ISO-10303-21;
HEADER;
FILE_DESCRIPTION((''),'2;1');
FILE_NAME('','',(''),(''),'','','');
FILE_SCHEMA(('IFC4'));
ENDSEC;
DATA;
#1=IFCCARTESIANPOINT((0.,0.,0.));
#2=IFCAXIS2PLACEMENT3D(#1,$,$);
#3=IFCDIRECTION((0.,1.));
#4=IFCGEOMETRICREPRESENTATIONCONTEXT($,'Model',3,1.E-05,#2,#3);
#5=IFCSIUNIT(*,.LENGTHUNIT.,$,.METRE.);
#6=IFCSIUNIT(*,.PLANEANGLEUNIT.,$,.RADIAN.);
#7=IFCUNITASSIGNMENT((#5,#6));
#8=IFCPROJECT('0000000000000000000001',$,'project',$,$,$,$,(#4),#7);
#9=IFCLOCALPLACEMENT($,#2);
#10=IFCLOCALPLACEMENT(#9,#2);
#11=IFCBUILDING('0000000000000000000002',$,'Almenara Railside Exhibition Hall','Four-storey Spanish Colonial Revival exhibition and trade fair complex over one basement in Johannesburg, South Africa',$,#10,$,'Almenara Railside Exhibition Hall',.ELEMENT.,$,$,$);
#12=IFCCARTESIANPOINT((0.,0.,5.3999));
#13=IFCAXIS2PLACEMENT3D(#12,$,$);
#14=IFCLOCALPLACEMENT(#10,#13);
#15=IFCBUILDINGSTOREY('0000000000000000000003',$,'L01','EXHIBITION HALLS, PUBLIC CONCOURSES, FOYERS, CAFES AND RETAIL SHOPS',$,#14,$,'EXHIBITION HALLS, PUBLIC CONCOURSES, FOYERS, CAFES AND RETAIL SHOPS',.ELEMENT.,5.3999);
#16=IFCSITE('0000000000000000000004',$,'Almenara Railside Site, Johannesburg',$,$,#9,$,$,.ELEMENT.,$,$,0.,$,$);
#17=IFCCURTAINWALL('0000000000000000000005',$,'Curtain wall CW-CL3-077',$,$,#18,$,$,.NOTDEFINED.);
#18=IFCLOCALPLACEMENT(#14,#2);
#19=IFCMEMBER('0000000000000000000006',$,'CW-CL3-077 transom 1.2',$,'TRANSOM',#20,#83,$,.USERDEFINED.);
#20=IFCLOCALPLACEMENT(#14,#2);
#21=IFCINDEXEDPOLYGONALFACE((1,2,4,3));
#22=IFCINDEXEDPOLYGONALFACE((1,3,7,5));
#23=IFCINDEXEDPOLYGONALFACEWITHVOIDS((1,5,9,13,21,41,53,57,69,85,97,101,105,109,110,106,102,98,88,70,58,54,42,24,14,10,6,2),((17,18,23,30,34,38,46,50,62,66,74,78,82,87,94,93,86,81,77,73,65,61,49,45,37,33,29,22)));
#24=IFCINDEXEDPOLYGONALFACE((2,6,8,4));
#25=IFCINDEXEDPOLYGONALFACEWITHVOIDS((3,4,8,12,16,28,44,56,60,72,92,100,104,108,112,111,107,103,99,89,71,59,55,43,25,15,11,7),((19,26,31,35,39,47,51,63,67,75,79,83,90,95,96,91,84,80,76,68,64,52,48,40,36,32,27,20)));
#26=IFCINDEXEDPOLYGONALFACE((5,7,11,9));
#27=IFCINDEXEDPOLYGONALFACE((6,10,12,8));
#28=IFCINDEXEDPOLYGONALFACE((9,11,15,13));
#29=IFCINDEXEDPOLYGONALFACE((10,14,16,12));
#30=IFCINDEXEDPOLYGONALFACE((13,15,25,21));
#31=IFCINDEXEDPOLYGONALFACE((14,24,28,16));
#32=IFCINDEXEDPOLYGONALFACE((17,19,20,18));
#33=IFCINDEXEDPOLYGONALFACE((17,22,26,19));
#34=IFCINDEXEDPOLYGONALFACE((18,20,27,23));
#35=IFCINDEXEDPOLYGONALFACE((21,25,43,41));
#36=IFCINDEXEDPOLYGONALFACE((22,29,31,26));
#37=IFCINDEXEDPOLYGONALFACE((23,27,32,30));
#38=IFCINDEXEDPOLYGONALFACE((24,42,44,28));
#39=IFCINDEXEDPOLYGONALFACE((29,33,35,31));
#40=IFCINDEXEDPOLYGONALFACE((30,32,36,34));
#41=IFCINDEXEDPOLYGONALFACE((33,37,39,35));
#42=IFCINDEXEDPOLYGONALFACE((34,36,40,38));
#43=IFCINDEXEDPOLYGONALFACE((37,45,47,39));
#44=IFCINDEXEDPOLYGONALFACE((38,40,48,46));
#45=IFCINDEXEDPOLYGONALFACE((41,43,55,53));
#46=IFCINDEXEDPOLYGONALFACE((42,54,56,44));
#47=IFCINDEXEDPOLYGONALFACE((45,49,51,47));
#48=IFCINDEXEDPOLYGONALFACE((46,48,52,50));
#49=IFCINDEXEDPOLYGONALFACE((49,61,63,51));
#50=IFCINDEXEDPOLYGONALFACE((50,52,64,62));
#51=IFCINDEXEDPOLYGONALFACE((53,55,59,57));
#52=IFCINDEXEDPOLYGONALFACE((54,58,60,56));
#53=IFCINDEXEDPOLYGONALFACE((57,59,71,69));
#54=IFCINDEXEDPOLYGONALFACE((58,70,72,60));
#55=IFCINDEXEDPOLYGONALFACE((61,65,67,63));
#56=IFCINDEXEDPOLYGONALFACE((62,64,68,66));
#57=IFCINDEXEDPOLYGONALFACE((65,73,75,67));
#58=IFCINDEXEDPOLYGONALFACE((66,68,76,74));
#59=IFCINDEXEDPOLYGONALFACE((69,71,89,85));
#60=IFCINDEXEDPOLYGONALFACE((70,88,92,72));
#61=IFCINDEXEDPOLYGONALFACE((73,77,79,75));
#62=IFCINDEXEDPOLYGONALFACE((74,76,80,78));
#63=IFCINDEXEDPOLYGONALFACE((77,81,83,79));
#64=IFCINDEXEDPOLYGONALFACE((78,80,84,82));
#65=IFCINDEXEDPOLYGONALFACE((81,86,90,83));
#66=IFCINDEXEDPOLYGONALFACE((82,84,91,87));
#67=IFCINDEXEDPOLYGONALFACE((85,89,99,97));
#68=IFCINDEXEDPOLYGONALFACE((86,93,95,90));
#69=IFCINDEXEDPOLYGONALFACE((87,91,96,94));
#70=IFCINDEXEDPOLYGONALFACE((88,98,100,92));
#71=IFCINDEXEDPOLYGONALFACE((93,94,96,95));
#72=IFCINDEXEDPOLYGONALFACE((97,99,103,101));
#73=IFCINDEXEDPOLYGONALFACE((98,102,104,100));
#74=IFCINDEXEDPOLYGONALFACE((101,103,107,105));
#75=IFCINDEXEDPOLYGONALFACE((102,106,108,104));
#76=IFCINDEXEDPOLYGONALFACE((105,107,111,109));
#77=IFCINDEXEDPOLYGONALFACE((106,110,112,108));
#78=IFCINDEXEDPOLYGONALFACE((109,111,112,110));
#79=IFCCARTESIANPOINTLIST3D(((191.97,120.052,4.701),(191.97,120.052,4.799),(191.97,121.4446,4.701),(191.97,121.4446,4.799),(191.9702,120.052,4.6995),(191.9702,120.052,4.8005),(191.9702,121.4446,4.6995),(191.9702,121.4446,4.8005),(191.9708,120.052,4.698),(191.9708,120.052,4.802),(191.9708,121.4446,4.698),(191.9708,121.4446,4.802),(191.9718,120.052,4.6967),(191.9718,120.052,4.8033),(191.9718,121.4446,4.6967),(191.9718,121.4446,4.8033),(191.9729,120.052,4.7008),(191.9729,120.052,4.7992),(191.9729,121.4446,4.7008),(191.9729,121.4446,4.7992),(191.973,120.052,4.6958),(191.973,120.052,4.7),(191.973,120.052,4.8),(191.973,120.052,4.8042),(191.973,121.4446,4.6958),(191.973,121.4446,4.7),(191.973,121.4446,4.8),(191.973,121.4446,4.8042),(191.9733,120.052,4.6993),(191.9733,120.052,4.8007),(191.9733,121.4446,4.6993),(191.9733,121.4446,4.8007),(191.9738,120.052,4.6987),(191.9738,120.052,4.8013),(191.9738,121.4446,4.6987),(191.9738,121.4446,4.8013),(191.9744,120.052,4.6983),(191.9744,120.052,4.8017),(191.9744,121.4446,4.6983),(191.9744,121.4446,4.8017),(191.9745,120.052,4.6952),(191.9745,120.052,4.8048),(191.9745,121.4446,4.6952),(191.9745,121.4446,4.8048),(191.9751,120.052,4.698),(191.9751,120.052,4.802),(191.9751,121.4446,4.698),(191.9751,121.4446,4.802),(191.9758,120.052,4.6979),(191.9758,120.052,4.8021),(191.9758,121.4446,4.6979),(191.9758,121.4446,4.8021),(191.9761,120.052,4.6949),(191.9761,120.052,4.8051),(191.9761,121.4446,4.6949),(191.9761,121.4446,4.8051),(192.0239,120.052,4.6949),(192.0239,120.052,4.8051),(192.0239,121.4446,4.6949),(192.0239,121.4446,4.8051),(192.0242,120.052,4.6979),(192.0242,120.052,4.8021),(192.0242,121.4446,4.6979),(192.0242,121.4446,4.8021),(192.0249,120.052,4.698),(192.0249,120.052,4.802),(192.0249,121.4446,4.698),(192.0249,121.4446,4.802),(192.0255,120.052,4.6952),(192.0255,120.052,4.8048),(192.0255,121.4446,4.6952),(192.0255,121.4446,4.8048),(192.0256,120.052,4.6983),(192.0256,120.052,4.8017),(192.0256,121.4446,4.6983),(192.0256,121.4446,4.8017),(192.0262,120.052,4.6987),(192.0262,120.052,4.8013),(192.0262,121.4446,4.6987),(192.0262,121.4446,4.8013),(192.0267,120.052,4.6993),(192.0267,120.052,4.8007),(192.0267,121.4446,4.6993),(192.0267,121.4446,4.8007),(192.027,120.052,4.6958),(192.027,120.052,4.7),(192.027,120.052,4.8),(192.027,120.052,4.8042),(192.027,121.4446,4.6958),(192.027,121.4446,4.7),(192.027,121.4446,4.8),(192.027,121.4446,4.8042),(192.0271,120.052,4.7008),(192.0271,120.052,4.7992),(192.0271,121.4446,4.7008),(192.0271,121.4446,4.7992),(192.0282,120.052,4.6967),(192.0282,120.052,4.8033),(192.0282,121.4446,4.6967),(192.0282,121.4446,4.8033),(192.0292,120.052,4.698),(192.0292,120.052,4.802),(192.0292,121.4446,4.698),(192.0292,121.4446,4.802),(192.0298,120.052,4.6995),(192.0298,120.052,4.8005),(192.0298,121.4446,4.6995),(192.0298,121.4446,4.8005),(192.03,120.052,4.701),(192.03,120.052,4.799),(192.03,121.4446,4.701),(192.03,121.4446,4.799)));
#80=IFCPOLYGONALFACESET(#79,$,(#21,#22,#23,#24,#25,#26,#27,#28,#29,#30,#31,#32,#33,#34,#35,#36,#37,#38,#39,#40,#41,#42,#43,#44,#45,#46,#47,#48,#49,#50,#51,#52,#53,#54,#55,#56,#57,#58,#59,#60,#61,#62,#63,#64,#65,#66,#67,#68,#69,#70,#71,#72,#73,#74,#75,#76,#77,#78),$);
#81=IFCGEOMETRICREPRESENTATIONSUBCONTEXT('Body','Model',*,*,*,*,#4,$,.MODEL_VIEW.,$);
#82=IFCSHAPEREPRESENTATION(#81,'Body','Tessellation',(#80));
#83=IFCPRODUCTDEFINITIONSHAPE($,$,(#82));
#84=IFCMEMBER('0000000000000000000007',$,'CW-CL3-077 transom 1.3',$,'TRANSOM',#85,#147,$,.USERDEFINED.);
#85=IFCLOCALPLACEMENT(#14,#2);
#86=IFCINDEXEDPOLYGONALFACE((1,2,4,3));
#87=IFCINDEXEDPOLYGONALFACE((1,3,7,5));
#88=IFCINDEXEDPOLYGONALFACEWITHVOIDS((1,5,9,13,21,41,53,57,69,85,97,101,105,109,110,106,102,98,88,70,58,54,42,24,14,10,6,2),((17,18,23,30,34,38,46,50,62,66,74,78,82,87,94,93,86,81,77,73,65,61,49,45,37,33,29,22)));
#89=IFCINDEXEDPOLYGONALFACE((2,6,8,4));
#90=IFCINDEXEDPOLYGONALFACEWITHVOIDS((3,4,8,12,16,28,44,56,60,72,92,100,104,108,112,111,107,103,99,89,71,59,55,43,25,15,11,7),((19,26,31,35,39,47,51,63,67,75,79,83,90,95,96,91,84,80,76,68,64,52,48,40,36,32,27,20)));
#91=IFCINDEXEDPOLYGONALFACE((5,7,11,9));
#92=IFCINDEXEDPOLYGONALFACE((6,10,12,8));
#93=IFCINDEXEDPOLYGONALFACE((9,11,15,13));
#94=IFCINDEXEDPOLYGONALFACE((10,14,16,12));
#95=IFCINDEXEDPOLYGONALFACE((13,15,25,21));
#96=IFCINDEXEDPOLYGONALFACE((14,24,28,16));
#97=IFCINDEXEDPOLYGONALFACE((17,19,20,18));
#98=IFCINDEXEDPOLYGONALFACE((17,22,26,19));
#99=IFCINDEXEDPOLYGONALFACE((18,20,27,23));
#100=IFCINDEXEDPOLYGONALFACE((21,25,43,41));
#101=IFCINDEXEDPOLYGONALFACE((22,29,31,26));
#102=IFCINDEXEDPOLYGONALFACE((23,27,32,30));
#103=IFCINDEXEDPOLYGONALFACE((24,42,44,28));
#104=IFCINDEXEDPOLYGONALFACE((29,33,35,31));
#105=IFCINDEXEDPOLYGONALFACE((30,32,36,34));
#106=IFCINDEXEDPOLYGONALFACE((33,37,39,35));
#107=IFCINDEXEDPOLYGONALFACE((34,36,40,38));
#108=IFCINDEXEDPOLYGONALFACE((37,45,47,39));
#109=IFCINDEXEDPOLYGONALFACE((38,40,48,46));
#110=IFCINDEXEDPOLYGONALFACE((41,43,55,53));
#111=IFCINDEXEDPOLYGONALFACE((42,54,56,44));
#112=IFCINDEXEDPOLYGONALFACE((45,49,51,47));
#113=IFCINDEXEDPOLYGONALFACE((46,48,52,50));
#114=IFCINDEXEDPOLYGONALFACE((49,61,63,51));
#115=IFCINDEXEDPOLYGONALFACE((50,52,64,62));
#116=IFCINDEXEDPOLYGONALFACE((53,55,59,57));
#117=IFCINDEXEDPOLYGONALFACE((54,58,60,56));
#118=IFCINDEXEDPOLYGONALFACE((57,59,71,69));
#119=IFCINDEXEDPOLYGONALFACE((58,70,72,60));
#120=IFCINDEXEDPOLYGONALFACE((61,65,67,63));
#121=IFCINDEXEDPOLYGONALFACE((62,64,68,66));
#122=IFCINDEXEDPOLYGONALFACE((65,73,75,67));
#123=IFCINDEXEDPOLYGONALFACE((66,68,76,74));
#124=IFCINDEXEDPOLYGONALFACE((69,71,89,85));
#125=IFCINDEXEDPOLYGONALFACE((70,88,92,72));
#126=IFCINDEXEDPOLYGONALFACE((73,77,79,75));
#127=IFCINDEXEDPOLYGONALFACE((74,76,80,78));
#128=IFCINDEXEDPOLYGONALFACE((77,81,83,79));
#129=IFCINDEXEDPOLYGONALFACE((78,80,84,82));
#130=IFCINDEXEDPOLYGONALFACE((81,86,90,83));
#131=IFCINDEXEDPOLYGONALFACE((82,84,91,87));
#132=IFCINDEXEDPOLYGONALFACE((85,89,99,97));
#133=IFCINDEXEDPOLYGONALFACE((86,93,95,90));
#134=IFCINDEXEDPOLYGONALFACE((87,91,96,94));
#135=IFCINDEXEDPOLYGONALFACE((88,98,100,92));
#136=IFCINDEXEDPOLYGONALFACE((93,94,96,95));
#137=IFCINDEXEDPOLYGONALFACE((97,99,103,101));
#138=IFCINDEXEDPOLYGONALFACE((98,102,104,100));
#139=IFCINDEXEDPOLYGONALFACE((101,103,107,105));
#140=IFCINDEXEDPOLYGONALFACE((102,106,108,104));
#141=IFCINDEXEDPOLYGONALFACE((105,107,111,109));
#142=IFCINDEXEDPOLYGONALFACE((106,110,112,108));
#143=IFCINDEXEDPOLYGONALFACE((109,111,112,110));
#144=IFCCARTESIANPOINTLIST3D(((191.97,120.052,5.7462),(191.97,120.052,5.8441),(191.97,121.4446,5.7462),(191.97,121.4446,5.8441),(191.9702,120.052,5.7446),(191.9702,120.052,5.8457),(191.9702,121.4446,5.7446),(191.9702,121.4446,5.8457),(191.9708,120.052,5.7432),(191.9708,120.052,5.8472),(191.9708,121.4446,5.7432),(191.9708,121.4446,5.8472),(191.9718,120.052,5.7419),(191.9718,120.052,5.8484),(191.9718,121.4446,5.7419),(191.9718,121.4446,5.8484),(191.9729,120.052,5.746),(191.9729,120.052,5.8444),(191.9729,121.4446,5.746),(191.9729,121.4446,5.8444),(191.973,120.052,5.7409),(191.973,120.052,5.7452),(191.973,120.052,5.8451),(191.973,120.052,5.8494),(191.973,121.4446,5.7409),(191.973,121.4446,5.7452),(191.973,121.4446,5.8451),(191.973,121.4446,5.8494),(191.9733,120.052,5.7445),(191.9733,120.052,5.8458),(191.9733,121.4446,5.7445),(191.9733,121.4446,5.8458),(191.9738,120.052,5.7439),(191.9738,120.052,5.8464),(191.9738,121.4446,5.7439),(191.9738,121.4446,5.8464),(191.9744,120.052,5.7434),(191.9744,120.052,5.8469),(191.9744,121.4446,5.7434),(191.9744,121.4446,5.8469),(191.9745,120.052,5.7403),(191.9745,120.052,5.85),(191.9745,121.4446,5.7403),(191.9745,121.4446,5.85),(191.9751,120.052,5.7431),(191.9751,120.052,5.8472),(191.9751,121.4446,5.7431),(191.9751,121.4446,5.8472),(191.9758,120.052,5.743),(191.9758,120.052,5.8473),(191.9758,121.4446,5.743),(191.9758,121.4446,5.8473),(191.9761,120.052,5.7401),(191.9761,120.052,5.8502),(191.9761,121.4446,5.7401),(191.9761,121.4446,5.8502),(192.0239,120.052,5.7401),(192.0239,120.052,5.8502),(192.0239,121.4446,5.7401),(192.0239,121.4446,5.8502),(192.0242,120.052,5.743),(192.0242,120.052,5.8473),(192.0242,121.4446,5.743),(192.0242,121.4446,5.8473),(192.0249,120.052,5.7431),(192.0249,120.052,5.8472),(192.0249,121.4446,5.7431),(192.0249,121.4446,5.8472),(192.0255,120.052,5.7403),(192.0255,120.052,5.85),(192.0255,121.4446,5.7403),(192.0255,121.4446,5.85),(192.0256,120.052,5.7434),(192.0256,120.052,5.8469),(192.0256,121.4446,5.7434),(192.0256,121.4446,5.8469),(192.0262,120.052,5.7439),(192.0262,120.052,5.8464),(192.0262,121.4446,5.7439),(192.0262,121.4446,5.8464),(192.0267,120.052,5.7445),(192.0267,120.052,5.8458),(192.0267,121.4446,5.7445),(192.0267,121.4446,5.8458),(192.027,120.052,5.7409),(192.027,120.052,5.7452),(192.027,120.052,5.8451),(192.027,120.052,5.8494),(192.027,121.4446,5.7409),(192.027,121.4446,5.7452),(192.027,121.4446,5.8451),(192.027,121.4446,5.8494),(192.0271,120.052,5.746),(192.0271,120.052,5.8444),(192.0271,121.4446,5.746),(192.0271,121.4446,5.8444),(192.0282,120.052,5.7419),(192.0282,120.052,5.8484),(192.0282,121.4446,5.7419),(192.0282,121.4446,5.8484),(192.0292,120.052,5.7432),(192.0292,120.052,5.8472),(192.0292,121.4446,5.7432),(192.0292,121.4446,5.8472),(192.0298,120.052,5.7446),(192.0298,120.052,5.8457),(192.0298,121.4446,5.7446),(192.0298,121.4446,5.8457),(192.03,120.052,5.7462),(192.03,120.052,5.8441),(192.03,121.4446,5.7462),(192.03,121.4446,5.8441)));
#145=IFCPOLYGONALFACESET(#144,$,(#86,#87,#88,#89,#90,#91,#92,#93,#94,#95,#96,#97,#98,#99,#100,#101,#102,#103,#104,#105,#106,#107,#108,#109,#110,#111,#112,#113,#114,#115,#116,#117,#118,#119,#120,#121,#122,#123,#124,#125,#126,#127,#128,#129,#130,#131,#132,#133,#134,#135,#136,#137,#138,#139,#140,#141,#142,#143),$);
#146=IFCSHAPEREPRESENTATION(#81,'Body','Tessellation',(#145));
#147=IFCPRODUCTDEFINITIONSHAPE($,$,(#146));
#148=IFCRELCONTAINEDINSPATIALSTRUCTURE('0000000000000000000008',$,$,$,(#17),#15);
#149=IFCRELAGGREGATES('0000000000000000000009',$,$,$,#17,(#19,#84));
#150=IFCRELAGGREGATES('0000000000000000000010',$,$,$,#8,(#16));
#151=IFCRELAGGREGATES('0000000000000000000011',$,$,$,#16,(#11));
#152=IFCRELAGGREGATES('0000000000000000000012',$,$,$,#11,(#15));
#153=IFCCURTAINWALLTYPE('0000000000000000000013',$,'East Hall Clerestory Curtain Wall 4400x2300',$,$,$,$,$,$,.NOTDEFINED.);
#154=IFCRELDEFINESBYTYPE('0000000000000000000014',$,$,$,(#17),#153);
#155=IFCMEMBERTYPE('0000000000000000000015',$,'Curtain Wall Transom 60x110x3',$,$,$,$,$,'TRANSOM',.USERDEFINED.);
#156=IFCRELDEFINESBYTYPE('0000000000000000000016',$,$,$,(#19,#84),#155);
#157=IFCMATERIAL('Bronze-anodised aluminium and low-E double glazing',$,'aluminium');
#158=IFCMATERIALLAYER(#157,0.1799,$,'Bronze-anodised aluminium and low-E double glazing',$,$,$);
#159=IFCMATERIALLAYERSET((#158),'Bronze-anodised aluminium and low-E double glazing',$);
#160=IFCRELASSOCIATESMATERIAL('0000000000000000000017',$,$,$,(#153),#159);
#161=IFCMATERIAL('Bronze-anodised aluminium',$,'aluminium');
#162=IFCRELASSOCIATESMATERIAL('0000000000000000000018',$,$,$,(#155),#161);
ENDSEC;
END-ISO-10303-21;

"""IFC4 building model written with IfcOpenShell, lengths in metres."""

from ifc_helpers import new_model, si_unit, direction, frame, origin, origin_2d, place, context, subcontext, project, spatial, hollow_rectangle, extrude, material, layer, layer_set, material_profile, profile_set, type_object, element, aggregate, save


model = new_model("IFC4")

# Units and contexts
model_context = context("Model", 3, precision=1e-05, world=origin(), true_north=direction((0.0, 1.0)))
body_context = subcontext(model_context, "Body", "Model", "MODEL_VIEW")
ifc_project = project(units=[si_unit("LENGTHUNIT", "METRE"), si_unit("PLANEANGLEUNIT", "RADIAN")], contexts=[model_context])

# Site, building, storey
site_placement = place(None, origin())
site = spatial("IfcSite", under=ifc_project, at=site_placement, Name="Almenara Railside Site, Johannesburg", CompositionType="ELEMENT", RefElevation=0.0)
building_placement = place(site_placement, origin())
building = spatial("IfcBuilding", under=site, at=building_placement, Name="Almenara Railside Exhibition Hall", Description="Four-storey Spanish Colonial Revival exhibition and trade fair complex over one basement in Johannesburg, South Africa", LongName="Almenara Railside Exhibition Hall", CompositionType="ELEMENT")
storey_placement = place(building_placement, frame((0.0, 0.0, 5.3999)))
storey = spatial("IfcBuildingStorey", under=building, at=storey_placement, Name="L01", Description="EXHIBITION HALLS, PUBLIC CONCOURSES, FOYERS, CAFES AND RETAIL SHOPS", LongName="EXHIBITION HALLS, PUBLIC CONCOURSES, FOYERS, CAFES AND RETAIL SHOPS", CompositionType="ELEMENT", Elevation=5.3999)

# Curtain wall
ifc_material_1 = material(Name="Bronze-anodised aluminium and low-E double glazing", Category="aluminium")
ifc_material_2 = material(Name="Bronze-anodised aluminium", Category="aluminium")
ifc_layer_1 = layer(ifc_material_1, 0.1799, Name="Bronze-anodised aluminium and low-E double glazing")
ifc_layer_set_1 = layer_set([ifc_layer_1], Name="Bronze-anodised aluminium and low-E double glazing")
curtain_wall_type_1 = type_object("IfcCurtainWallType", Name="East Hall Clerestory Curtain Wall 4400x2300", PredefinedType="NOTDEFINED", material=ifc_layer_set_1)
curtain_wall_1_placement = place(storey_placement, origin())
curtain_wall_1 = element("IfcCurtainWall", 1, at=curtain_wall_1_placement, inside=storey, type_object=curtain_wall_type_1, Name="Curtain wall CW-CL3-077", PredefinedType="NOTDEFINED")

# Members
ifc_material_profile_1 = material_profile(ifc_material_2, hollow_rectangle(XDim=0.0601, YDim=0.1101, WallThickness=0.0029, InnerFilletRadius=0.0029, OuterFilletRadius=0.0061, at=origin_2d()), Name="ALU-TRN 60x110x3")
ifc_profile_set_1 = profile_set([ifc_material_profile_1], Name="Bronze-anodised aluminium")
member_type_1 = type_object("IfcMemberType", Name="Curtain Wall Transom 60x110x3", ElementType="TRANSOM", PredefinedType="USERDEFINED", material=ifc_profile_set_1)
member_1_placement = place(storey_placement, frame((192.0, 120.052, 4.75), z_axis=(0.0, 1.0, 0.0), x_axis=(-1.0, 0.0, 0.0)))
member_1 = element("IfcMember", 2, at=member_1_placement, type_object=member_type_1, Name="CW-CL3-077 transom 1.2", ObjectType="TRANSOM", PredefinedType="USERDEFINED", context=body_context, shape_type="SweptSolid", body=[
    extrude(hollow_rectangle(XDim=0.0601, YDim=0.1101, WallThickness=0.0029, InnerFilletRadius=0.0029, OuterFilletRadius=0.0061, at=origin_2d()), origin(), (0.0, 0.0, 1.0), 1.3926),
])
member_2_placement = place(storey_placement, frame((192.0, 120.052, 5.7952), z_axis=(0.0, 1.0, 0.0), x_axis=(-1.0, 0.0, 0.0)))
member_2 = element("IfcMember", 3, at=member_2_placement, type_object=member_type_1, Name="CW-CL3-077 transom 1.3", ObjectType="TRANSOM", PredefinedType="USERDEFINED", context=body_context, shape_type="SweptSolid", body=[
    extrude(hollow_rectangle(XDim=0.0601, YDim=0.1101, WallThickness=0.0029, InnerFilletRadius=0.0029, OuterFilletRadius=0.0061, at=origin_2d()), origin(), (0.0, 0.0, 1.0), 1.3926),
])

aggregate(curtain_wall_1, [member_1, member_2])

save(model, "model.ifc")
